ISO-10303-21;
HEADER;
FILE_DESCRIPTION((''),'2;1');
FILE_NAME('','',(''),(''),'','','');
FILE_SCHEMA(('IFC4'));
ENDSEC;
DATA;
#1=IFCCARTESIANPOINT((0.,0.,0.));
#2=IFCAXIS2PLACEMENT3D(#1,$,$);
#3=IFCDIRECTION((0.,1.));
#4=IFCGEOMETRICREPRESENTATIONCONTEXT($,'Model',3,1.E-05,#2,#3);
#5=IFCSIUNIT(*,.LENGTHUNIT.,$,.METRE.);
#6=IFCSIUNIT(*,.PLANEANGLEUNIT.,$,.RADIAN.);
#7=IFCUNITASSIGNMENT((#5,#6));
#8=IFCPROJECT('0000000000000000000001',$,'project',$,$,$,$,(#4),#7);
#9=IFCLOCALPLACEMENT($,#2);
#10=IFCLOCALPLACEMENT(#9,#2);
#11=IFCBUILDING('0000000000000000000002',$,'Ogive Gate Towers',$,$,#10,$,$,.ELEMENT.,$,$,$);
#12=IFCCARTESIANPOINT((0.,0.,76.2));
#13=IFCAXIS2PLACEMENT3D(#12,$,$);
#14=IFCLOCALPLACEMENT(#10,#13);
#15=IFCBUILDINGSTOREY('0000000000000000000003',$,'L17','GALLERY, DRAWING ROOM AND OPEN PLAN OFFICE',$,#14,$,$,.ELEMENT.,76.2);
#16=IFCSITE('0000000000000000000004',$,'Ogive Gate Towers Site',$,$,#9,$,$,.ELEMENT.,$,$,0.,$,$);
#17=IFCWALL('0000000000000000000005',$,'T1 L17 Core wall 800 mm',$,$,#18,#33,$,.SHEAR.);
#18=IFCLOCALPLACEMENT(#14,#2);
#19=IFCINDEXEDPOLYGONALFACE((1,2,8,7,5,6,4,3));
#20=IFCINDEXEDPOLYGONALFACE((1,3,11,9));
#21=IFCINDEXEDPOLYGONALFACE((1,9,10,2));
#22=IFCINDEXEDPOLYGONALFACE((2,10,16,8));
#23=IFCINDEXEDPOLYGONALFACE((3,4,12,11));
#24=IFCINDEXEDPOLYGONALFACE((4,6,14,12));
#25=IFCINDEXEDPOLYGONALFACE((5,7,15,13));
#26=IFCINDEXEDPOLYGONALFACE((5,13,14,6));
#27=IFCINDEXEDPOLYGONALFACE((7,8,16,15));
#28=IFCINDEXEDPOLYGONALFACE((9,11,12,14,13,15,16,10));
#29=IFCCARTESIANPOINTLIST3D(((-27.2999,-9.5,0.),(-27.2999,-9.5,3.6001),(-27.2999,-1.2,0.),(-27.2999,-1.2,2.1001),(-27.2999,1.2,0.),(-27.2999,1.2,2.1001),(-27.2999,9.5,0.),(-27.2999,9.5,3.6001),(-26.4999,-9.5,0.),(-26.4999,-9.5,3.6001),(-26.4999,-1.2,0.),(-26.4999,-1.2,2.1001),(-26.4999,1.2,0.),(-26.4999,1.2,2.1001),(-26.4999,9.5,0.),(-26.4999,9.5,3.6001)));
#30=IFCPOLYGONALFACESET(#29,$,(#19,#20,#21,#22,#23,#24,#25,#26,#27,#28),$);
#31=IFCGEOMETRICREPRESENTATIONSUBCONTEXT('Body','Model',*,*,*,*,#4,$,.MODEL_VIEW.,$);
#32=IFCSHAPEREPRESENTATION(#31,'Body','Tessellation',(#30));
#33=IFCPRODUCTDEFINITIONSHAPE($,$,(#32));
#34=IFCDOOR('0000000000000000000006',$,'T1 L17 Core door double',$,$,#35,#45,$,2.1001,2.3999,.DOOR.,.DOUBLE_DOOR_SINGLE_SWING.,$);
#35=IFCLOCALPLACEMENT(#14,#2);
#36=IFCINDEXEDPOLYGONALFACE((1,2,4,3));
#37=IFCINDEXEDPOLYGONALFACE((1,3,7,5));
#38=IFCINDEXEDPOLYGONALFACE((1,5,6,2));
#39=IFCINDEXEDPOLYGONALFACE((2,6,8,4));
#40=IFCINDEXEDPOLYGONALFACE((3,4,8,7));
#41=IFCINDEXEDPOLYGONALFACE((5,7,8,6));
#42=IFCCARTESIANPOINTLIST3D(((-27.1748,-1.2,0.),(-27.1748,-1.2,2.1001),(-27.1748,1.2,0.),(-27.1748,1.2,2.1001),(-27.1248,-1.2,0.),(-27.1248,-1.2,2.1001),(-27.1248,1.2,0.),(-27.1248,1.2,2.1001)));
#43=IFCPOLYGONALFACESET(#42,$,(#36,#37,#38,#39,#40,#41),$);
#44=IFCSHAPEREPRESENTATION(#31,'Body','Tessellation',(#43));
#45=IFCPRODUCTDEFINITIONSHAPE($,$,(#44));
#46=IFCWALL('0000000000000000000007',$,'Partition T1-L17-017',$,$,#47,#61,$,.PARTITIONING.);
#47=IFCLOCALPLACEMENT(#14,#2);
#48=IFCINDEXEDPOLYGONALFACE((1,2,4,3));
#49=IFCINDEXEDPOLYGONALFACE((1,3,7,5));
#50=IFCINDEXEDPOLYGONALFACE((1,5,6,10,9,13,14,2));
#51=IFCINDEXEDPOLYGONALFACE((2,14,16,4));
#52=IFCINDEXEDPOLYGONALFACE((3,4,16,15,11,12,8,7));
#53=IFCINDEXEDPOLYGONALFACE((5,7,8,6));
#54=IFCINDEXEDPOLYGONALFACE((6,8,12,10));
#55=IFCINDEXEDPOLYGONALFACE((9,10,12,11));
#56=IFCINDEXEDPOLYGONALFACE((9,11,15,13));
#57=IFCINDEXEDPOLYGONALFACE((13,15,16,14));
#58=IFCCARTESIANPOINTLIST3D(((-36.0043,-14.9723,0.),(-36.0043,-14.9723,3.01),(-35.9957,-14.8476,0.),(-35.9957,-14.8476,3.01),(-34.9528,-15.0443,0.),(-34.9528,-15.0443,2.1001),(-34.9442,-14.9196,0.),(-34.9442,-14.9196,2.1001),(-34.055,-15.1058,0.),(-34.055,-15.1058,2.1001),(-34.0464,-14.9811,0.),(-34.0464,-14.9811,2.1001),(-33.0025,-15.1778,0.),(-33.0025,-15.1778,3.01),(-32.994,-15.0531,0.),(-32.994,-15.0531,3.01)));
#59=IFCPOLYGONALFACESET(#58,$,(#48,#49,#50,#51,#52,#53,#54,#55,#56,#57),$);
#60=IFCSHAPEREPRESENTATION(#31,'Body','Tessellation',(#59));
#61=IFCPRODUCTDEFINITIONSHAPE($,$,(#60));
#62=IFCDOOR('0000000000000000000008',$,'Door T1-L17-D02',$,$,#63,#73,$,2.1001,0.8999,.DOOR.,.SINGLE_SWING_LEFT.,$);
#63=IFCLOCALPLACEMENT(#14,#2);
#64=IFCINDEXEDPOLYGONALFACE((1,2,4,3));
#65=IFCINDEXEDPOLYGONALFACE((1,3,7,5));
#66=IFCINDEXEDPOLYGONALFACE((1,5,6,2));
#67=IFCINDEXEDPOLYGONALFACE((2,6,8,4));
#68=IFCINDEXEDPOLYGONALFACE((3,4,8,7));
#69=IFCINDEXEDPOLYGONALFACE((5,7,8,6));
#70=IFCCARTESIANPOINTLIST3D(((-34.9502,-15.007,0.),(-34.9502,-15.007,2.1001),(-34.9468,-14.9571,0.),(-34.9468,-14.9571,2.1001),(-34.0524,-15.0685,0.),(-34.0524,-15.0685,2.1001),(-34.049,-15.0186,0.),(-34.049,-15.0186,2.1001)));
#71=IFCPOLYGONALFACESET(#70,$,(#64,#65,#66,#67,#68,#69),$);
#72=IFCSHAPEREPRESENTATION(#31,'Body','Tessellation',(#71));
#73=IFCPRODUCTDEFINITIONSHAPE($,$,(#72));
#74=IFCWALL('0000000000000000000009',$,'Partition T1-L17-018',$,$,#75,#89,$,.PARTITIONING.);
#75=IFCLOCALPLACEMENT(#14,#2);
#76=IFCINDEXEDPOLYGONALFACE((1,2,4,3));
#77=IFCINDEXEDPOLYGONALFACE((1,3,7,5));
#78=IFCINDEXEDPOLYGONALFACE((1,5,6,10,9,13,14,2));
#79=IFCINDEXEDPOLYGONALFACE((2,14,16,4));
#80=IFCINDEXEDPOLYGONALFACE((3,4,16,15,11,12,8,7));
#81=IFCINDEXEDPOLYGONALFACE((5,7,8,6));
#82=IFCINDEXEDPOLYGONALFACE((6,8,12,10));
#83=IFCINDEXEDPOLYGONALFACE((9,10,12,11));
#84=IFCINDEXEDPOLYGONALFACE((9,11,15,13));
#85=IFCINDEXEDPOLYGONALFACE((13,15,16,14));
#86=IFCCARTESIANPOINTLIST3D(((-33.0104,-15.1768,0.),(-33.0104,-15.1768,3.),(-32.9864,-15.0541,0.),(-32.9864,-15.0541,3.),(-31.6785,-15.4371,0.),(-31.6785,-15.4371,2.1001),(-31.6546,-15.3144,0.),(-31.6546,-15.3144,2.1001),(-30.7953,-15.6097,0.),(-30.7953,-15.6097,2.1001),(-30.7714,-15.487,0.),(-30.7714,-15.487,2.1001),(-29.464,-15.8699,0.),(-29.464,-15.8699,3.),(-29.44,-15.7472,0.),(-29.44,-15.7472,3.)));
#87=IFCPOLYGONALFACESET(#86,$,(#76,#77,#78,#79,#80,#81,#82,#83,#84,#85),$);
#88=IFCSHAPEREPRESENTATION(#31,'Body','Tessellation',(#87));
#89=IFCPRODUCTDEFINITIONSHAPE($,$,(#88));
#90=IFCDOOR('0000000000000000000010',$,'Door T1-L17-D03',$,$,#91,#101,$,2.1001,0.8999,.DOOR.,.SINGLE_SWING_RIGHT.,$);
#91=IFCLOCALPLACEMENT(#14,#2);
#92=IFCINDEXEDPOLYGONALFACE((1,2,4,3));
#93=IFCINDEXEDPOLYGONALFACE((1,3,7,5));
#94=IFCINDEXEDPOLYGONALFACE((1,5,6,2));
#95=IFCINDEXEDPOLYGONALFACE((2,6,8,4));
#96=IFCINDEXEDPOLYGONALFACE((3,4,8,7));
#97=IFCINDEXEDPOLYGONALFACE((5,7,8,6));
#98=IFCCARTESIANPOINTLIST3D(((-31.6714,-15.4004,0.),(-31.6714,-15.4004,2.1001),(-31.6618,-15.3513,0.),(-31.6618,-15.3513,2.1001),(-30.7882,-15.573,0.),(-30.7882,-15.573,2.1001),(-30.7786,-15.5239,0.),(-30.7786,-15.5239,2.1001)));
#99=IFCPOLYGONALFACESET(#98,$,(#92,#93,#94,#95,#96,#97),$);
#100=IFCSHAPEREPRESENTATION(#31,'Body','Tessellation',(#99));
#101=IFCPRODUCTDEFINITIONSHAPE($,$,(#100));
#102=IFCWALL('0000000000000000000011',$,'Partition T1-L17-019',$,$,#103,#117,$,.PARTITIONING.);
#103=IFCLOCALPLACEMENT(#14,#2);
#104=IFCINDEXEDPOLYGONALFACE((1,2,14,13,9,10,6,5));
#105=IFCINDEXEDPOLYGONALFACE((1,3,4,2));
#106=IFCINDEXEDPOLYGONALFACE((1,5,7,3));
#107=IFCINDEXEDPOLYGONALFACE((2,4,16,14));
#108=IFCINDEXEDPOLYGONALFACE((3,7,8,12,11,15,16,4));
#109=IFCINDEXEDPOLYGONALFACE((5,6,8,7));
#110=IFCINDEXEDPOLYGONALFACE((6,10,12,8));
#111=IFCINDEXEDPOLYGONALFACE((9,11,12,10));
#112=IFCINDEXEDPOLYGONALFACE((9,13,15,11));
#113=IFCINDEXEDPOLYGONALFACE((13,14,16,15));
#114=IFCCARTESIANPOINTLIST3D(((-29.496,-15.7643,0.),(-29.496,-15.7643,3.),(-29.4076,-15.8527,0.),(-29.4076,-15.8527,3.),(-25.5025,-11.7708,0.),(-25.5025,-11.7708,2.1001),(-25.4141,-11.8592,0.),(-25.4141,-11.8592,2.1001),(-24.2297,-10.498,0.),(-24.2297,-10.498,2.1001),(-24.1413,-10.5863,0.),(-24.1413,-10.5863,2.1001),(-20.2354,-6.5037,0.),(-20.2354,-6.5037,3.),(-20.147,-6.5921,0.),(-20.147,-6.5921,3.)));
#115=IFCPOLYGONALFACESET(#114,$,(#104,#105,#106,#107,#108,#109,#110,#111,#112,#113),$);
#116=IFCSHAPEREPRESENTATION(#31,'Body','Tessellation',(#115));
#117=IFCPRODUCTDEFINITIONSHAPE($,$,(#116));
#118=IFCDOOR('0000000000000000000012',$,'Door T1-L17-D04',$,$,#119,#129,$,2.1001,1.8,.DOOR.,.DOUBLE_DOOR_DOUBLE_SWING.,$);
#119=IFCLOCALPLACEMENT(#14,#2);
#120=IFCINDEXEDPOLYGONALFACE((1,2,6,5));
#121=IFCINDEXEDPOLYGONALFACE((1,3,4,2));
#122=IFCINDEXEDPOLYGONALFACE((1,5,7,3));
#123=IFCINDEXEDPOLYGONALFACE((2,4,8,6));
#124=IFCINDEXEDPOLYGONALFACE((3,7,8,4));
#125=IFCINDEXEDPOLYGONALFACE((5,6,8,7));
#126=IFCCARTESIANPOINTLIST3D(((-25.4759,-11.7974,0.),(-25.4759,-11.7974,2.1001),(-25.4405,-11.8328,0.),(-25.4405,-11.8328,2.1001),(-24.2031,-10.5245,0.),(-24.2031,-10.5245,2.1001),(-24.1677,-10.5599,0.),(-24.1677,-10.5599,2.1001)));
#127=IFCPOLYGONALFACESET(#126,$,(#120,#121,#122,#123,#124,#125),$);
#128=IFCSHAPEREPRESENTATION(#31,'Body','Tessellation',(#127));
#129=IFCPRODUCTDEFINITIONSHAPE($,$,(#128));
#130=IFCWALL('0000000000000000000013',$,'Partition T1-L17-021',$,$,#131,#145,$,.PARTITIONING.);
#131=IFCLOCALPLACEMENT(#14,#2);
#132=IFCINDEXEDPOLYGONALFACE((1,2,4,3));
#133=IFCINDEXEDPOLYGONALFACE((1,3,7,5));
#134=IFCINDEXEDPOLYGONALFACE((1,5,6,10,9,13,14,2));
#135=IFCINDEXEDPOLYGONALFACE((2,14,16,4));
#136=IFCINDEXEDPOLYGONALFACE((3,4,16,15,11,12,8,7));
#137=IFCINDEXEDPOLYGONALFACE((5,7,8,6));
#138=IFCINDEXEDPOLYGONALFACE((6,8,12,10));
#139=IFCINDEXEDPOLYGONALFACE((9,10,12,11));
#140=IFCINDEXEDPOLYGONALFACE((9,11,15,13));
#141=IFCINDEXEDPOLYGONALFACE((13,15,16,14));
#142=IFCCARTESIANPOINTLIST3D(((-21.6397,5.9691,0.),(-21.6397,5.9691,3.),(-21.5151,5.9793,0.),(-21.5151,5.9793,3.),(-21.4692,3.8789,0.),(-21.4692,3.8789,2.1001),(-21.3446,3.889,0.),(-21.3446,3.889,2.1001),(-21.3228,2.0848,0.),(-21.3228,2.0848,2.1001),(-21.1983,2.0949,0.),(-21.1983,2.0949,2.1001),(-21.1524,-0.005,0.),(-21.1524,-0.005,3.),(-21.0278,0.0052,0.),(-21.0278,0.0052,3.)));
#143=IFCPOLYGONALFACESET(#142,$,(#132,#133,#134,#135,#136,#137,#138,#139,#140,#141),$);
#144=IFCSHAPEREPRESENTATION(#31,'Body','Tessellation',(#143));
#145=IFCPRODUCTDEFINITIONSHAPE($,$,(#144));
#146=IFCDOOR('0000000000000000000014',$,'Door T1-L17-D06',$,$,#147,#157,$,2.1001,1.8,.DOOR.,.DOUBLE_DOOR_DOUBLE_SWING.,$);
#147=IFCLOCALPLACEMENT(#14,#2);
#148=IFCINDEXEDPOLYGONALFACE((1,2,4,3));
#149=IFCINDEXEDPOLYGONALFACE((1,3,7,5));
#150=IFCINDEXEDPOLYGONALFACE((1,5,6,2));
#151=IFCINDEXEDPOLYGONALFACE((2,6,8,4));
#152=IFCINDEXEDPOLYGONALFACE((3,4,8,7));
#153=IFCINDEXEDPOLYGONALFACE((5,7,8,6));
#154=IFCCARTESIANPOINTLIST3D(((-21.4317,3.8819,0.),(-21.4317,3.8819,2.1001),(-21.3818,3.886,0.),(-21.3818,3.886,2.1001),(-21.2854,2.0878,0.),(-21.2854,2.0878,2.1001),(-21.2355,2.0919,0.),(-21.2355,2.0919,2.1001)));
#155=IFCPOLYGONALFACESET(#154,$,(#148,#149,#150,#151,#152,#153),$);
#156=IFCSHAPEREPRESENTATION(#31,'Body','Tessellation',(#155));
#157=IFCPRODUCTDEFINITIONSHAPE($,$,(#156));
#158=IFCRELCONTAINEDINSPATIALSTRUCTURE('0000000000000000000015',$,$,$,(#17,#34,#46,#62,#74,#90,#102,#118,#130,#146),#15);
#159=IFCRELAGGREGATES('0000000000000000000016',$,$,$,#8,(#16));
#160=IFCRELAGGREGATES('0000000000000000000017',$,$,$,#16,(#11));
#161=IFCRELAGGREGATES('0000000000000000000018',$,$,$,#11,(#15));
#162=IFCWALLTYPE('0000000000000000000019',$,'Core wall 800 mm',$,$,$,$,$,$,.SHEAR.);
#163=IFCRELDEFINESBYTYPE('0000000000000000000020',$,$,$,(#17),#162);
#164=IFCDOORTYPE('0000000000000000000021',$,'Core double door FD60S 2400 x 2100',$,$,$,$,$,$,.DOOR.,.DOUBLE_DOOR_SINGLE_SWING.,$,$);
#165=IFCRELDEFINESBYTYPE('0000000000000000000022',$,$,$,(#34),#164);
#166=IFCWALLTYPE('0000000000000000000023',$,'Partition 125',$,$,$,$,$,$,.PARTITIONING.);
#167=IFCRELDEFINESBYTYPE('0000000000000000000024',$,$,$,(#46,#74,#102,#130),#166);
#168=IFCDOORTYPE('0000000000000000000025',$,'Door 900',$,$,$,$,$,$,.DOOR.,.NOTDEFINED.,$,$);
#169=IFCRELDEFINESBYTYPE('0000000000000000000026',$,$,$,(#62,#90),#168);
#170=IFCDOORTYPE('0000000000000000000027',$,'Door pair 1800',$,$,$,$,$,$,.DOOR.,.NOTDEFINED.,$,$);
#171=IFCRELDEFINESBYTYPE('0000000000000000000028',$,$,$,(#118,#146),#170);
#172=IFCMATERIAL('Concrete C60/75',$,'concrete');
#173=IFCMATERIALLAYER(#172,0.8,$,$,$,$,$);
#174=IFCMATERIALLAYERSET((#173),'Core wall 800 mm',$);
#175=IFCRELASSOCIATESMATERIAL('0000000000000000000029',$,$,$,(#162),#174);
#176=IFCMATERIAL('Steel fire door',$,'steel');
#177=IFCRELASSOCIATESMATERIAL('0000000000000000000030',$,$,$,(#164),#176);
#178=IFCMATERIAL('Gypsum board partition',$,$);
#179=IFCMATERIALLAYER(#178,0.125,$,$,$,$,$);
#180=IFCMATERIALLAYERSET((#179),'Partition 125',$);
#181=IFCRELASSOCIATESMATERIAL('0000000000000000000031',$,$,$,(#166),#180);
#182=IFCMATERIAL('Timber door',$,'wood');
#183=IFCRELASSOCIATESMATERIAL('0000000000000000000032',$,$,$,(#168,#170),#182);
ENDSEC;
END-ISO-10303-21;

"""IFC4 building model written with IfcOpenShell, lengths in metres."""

from ifc_helpers import new_model, si_unit, direction, frame, frame_2d, origin, place, context, subcontext, project, spatial, rectangle, extrude, material, layer, layer_set, type_object, element, fill, save


model = new_model("IFC4")

# Units and contexts
model_context = context("Model", 3, precision=1e-05, world=origin(), true_north=direction((0.0, 1.0)))
body_context = subcontext(model_context, "Body", "Model", "MODEL_VIEW")
ifc_project = project(units=[si_unit("LENGTHUNIT", "METRE"), si_unit("PLANEANGLEUNIT", "RADIAN")], contexts=[model_context])

# Site, building, storey
site_placement = place(None, origin())
site = spatial("IfcSite", under=ifc_project, at=site_placement, Name="Ogive Gate Towers Site", CompositionType="ELEMENT", RefElevation=0.0)
building_placement = place(site_placement, origin())
building = spatial("IfcBuilding", under=site, at=building_placement, Name="Ogive Gate Towers", CompositionType="ELEMENT")
storey_placement = place(building_placement, frame((0.0, 0.0, 76.2)))
storey = spatial("IfcBuildingStorey", under=building, at=storey_placement, Name="L17", Description="GALLERY, DRAWING ROOM AND OPEN PLAN OFFICE", CompositionType="ELEMENT", Elevation=76.2)

# Walls, openings, doors
ifc_material_1 = material(Name="Concrete C60/75", Category="concrete")
ifc_layer_1 = layer(ifc_material_1, 0.8)
ifc_layer_set_1 = layer_set([ifc_layer_1], Name="Core wall 800 mm")
wall_type_1 = type_object("IfcWallType", Name="Core wall 800 mm", PredefinedType="SHEAR", material=ifc_layer_set_1)
wall_1_placement = place(storey_placement, frame((-26.8999, -9.5, 0.0), z_axis=(0.0, 0.0, 1.0), x_axis=(0.0, 1.0, 0.0)))
wall_1 = element("IfcWall", 1, at=wall_1_placement, inside=storey, type_object=wall_type_1, Name="T1 L17 Core wall 800 mm", PredefinedType="SHEAR", context=body_context, shape_type="SweptSolid", body=[
    extrude(rectangle(XDim=19.0, YDim=0.8, at=frame_2d((9.5, 0.0))), origin(), (0.0, 0.0, 1.0), 3.6001),
])
opening_1_placement = place(wall_1_placement, frame((8.3, 0.0, 0.0)))
opening_1 = element("IfcOpeningElement", 2, at=opening_1_placement, cuts=wall_1, PredefinedType="OPENING", context=body_context, shape_type="SweptSolid", body=[
    extrude(rectangle(XDim=2.3999, YDim=2.1001, at=frame_2d((1.2, 1.05))), frame((0.0, 0.4102, 0.0), z_axis=(0.0, -1.0, 0.0), x_axis=(1.0, 0.0, 0.0)), (0.0, 0.0, 1.0), 0.8201),
])
ifc_material_2 = material(Name="Steel fire door", Category="steel")
door_type_1 = type_object("IfcDoorType", Name="Core double door FD60S 2400 x 2100", OperationType="DOUBLE_DOOR_SINGLE_SWING", PredefinedType="DOOR", material=ifc_material_2)
door_1_placement = place(opening_1_placement, origin())
door_1 = element("IfcDoor", 3, at=door_1_placement, inside=storey, type_object=door_type_1, Name="T1 L17 Core door double", OperationType="DOUBLE_DOOR_SINGLE_SWING", OverallHeight=2.1001, OverallWidth=2.3999, PredefinedType="DOOR", context=body_context, shape_type="SweptSolid", body=[
    extrude(rectangle(XDim=2.3999, YDim=2.1001, at=frame_2d((1.2, 1.05))), frame((0.0, 0.2749, 0.0), z_axis=(0.0, -1.0, 0.0), x_axis=(1.0, 0.0, 0.0)), (0.0, 0.0, 1.0), 0.05),
])
fill(opening_1, door_1)
ifc_material_3 = material(Name="Gypsum board partition")
ifc_layer_2 = layer(ifc_material_3, 0.125)
ifc_layer_set_2 = layer_set([ifc_layer_2], Name="Partition 125")
wall_type_2 = type_object("IfcWallType", Name="Partition 125", PredefinedType="PARTITIONING", material=ifc_layer_set_2)
wall_2_placement = place(storey_placement, frame((-36.0, -14.9099, 0.0), z_axis=(0.0, 0.0, 1.0), x_axis=(0.997663, -0.068323, 0.0)))
wall_2 = element("IfcWall", 4, at=wall_2_placement, inside=storey, type_object=wall_type_2, Name="Partition T1-L17-017", PredefinedType="PARTITIONING", context=body_context, shape_type="SweptSolid", body=[
    extrude(rectangle(XDim=3.0088, YDim=0.125, at=frame_2d((1.5044, 0.0))), origin(), (0.0, 0.0, 1.0), 3.01),
])
opening_2_placement = place(wall_2_placement, frame((1.054, 0.0, 0.0)))
opening_2 = element("IfcOpeningElement", 5, at=opening_2_placement, cuts=wall_2, PredefinedType="OPENING", context=body_context, shape_type="SweptSolid", body=[
    extrude(rectangle(XDim=0.8999, YDim=2.1001, at=frame_2d((0.45, 1.05))), frame((0.0, 0.0725, 0.0), z_axis=(0.0, -1.0, 0.0), x_axis=(1.0, 0.0, 0.0)), (0.0, 0.0, 1.0), 0.145),
])
ifc_material_4 = material(Name="Timber door", Category="wood")
door_type_2 = type_object("IfcDoorType", Name="Door 900", OperationType="NOTDEFINED", PredefinedType="DOOR", material=ifc_material_4)
door_2_placement = place(opening_2_placement, origin())
door_2 = element("IfcDoor", 6, at=door_2_placement, inside=storey, type_object=door_type_2, Name="Door T1-L17-D02", OperationType="SINGLE_SWING_LEFT", OverallHeight=2.1001, OverallWidth=0.8999, PredefinedType="DOOR", context=body_context, shape_type="SweptSolid", body=[
    extrude(rectangle(XDim=0.8999, YDim=2.1001, at=frame_2d((0.45, 1.05))), frame((0.0, 0.0249, 0.0), z_axis=(0.0, -1.0, 0.0), x_axis=(1.0, 0.0, 0.0)), (0.0, 0.0, 1.0), 0.05),
])
fill(opening_2, door_2)
wall_3_placement = place(storey_placement, frame((-32.9983, -15.1155, 0.0), z_axis=(0.0, 0.0, 1.0), x_axis=(0.981431, -0.191814, 0.0)))
wall_3 = element("IfcWall", 7, at=wall_3_placement, inside=storey, type_object=wall_type_2, Name="Partition T1-L17-018", PredefinedType="PARTITIONING", context=body_context, shape_type="SweptSolid", body=[
    extrude(rectangle(XDim=3.6135, YDim=0.125, at=frame_2d((1.8066, 0.0))), origin(), (0.0, 0.0, 1.0), 3.0),
])
opening_3_placement = place(wall_3_placement, frame((1.3569, 0.0, 0.0)))
opening_3 = element("IfcOpeningElement", 8, at=opening_3_placement, cuts=wall_3, PredefinedType="OPENING", context=body_context, shape_type="SweptSolid", body=[
    extrude(rectangle(XDim=0.8999, YDim=2.1001, at=frame_2d((0.45, 1.05))), frame((0.0, 0.0725, 0.0), z_axis=(0.0, -1.0, 0.0), x_axis=(1.0, 0.0, 0.0)), (0.0, 0.0, 1.0), 0.145),
])
door_3_placement = place(opening_3_placement, origin())
door_3 = element("IfcDoor", 9, at=door_3_placement, inside=storey, type_object=door_type_2, Name="Door T1-L17-D03", OperationType="SINGLE_SWING_RIGHT", OverallHeight=2.1001, OverallWidth=0.8999, PredefinedType="DOOR", context=body_context, shape_type="SweptSolid", body=[
    extrude(rectangle(XDim=0.8999, YDim=2.1001, at=frame_2d((0.45, 1.05))), frame((0.0, 0.0249, 0.0), z_axis=(0.0, -1.0, 0.0), x_axis=(1.0, 0.0, 0.0)), (0.0, 0.0, 1.0), 0.05),
])
fill(opening_3, door_3)
wall_4_placement = place(storey_placement, frame((-29.4519, -15.8086, 0.0), z_axis=(0.0, 0.0, 1.0), x_axis=(0.707107, 0.707107, 0.0)))
wall_4 = element("IfcWall", 10, at=wall_4_placement, inside=storey, type_object=wall_type_2, Name="Partition T1-L17-019", PredefinedType="PARTITIONING", context=body_context, shape_type="SweptSolid", body=[
    extrude(rectangle(XDim=13.0964, YDim=0.125, at=frame_2d((6.5483, 0.0))), origin(), (0.0, 0.0, 1.0), 3.0),
])
opening_4_placement = place(wall_4_placement, frame((5.6479, 0.0, 0.0)))
opening_4 = element("IfcOpeningElement", 11, at=opening_4_placement, cuts=wall_4, PredefinedType="OPENING", context=body_context, shape_type="SweptSolid", body=[
    extrude(rectangle(XDim=1.8, YDim=2.1001, at=frame_2d((0.8999, 1.05))), frame((0.0, 0.0725, 0.0), z_axis=(0.0, -1.0, 0.0), x_axis=(1.0, 0.0, 0.0)), (0.0, 0.0, 1.0), 0.145),
])
door_type_3 = type_object("IfcDoorType", Name="Door pair 1800", OperationType="NOTDEFINED", PredefinedType="DOOR", material=ifc_material_4)
door_4_placement = place(opening_4_placement, origin())
door_4 = element("IfcDoor", 12, at=door_4_placement, inside=storey, type_object=door_type_3, Name="Door T1-L17-D04", OperationType="DOUBLE_DOOR_DOUBLE_SWING", OverallHeight=2.1001, OverallWidth=1.8, PredefinedType="DOOR", context=body_context, shape_type="SweptSolid", body=[
    extrude(rectangle(XDim=1.8, YDim=2.1001, at=frame_2d((0.8999, 1.05))), frame((0.0, 0.0249, 0.0), z_axis=(0.0, -1.0, 0.0), x_axis=(1.0, 0.0, 0.0)), (0.0, 0.0, 1.0), 0.05),
])
fill(opening_4, door_4)
wall_5_placement = place(storey_placement, frame((-21.0901, 0.0, 0.0), z_axis=(0.0, 0.0, 1.0), x_axis=(-0.081299, 0.99669, 0.0)))
wall_5 = element("IfcWall", 13, at=wall_5_placement, inside=storey, type_object=wall_type_2, Name="Partition T1-L17-021", PredefinedType="PARTITIONING", context=body_context, shape_type="SweptSolid", body=[
    extrude(rectangle(XDim=5.9939, YDim=0.125, at=frame_2d((2.9971, 0.0))), origin(), (0.0, 0.0, 1.0), 3.0),
])
opening_5_placement = place(wall_5_placement, frame((2.0969, 0.0, 0.0)))
opening_5 = element("IfcOpeningElement", 14, at=opening_5_placement, cuts=wall_5, PredefinedType="OPENING", context=body_context, shape_type="SweptSolid", body=[
    extrude(rectangle(XDim=1.8, YDim=2.1001, at=frame_2d((0.8999, 1.05))), frame((0.0, 0.0725, 0.0), z_axis=(0.0, -1.0, 0.0), x_axis=(1.0, 0.0, 0.0)), (0.0, 0.0, 1.0), 0.145),
])
door_5_placement = place(opening_5_placement, origin())
door_5 = element("IfcDoor", 15, at=door_5_placement, inside=storey, type_object=door_type_3, Name="Door T1-L17-D06", OperationType="DOUBLE_DOOR_DOUBLE_SWING", OverallHeight=2.1001, OverallWidth=1.8, PredefinedType="DOOR", context=body_context, shape_type="SweptSolid", body=[
    extrude(rectangle(XDim=1.8, YDim=2.1001, at=frame_2d((0.8999, 1.05))), frame((0.0, 0.0249, 0.0), z_axis=(0.0, -1.0, 0.0), x_axis=(1.0, 0.0, 0.0)), (0.0, 0.0, 1.0), 0.05),
])
fill(opening_5, door_5)

save(model, "model.ifc")
